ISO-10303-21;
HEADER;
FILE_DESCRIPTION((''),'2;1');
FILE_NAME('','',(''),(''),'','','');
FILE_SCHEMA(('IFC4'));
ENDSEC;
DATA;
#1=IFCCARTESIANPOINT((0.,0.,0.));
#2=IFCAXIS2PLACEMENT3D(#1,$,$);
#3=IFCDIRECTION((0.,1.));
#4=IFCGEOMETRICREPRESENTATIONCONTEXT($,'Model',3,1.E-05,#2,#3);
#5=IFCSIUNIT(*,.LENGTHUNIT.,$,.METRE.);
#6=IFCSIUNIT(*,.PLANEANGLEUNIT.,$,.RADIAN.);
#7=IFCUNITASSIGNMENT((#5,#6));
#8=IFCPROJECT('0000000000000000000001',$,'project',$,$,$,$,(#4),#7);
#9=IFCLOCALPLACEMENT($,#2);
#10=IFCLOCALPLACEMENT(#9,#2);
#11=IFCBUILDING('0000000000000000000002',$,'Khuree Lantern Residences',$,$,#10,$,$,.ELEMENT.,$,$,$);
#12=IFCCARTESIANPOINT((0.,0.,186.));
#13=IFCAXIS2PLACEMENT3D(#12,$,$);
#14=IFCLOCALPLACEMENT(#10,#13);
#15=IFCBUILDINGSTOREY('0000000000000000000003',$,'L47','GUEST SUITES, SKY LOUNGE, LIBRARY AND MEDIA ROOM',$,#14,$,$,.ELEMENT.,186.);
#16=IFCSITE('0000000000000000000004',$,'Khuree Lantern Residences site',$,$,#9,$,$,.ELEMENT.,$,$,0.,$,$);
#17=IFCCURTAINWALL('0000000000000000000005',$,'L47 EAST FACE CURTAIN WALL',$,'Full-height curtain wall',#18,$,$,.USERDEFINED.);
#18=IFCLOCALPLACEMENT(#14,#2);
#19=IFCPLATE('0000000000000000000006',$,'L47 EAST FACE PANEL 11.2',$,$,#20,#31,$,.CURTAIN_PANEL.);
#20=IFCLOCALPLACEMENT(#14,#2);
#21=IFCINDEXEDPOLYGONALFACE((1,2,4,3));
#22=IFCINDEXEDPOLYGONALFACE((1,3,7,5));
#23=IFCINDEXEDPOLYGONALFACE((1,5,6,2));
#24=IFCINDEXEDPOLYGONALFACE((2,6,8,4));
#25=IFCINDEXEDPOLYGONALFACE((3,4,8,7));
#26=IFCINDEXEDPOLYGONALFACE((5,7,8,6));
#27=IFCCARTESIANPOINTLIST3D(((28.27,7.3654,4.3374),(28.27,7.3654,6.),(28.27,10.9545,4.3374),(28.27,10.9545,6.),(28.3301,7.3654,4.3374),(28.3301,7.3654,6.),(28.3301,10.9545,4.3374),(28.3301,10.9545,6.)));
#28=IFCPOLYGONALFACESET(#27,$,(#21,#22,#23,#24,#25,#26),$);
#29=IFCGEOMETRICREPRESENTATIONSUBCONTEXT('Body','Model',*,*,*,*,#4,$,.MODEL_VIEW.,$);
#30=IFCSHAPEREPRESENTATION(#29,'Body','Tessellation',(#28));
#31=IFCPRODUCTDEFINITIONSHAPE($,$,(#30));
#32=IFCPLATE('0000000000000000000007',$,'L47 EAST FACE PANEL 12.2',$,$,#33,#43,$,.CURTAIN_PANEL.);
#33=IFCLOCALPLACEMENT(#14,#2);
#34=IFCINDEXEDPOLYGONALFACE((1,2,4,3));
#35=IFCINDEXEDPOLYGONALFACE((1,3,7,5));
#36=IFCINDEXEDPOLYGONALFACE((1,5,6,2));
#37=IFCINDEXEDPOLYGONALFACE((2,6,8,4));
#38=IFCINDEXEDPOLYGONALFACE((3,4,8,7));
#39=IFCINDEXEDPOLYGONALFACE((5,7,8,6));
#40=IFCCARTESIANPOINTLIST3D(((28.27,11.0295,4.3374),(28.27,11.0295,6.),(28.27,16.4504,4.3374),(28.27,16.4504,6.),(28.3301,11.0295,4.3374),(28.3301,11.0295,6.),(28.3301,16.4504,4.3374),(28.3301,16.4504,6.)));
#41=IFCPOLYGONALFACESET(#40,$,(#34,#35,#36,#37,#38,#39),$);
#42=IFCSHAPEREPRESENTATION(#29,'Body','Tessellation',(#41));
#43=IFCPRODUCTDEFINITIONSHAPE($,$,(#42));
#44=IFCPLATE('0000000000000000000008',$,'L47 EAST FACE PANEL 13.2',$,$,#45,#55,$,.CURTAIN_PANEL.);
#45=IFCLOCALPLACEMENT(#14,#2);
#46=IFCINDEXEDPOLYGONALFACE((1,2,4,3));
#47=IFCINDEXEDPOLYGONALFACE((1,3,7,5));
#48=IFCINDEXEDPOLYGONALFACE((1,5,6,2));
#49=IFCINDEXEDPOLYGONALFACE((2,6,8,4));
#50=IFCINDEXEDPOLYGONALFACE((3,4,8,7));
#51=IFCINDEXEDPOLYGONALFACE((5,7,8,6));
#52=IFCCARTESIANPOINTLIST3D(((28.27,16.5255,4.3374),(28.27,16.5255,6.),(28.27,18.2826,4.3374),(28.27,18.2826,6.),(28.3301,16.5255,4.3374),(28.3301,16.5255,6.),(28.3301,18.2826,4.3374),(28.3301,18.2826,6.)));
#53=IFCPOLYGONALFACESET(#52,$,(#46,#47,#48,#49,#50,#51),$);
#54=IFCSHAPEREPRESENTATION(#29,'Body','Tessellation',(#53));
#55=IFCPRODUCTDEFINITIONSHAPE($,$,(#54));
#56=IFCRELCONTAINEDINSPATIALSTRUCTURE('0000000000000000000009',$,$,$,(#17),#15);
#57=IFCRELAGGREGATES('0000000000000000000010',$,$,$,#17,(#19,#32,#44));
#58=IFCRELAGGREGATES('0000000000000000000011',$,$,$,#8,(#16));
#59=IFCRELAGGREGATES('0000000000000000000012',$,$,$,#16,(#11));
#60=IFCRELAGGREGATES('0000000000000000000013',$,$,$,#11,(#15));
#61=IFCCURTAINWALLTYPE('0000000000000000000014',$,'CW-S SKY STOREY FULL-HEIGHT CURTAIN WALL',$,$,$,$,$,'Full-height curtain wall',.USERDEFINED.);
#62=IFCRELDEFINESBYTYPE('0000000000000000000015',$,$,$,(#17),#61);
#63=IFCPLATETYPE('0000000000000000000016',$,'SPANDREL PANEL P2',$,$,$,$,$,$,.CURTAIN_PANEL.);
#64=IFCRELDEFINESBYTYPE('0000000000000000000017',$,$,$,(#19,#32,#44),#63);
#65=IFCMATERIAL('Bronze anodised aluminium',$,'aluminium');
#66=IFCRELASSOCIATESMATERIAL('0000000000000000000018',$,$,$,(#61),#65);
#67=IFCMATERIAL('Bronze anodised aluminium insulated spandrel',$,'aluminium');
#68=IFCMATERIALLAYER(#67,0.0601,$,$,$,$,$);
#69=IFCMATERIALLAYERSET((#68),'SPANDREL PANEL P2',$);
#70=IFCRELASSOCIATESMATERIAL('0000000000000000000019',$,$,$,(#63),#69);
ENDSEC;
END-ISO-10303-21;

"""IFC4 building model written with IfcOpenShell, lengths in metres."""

from ifc_helpers import new_model, si_unit, direction, frame, origin, origin_2d, place, context, subcontext, project, spatial, rectangle, extrude, material, layer, layer_set, type_object, element, aggregate, save


model = new_model("IFC4")

# Units and contexts
model_context = context("Model", 3, precision=1e-05, world=origin(), true_north=direction((0.0, 1.0)))
body_context = subcontext(model_context, "Body", "Model", "MODEL_VIEW")
ifc_project = project(units=[si_unit("LENGTHUNIT", "METRE"), si_unit("PLANEANGLEUNIT", "RADIAN")], contexts=[model_context])

# Site, building, storey
site_placement = place(None, origin())
site = spatial("IfcSite", under=ifc_project, at=site_placement, Name="Khuree Lantern Residences site", CompositionType="ELEMENT", RefElevation=0.0)
building_placement = place(site_placement, origin())
building = spatial("IfcBuilding", under=site, at=building_placement, Name="Khuree Lantern Residences", CompositionType="ELEMENT")
storey_placement = place(building_placement, frame((0.0, 0.0, 186.0)))
storey = spatial("IfcBuildingStorey", under=building, at=storey_placement, Name="L47", Description="GUEST SUITES, SKY LOUNGE, LIBRARY AND MEDIA ROOM", CompositionType="ELEMENT", Elevation=186.0)

# Curtain wall
ifc_material_1 = material(Name="Bronze anodised aluminium", Category="aluminium")
curtain_wall_type = type_object("IfcCurtainWallType", Name="CW-S SKY STOREY FULL-HEIGHT CURTAIN WALL", ElementType="Full-height curtain wall", PredefinedType="USERDEFINED", material=ifc_material_1)
curtain_wall_placement = place(storey_placement, origin())
curtain_wall = element("IfcCurtainWall", 1, at=curtain_wall_placement, inside=storey, type_object=curtain_wall_type, Name="L47 EAST FACE CURTAIN WALL", ObjectType="Full-height curtain wall", PredefinedType="USERDEFINED")

# Plates
ifc_material_2 = material(Name="Bronze anodised aluminium insulated spandrel", Category="aluminium")
ifc_layer_1 = layer(ifc_material_2, 0.0601)
ifc_layer_set_1 = layer_set([ifc_layer_1], Name="SPANDREL PANEL P2")
plate_type_1 = type_object("IfcPlateType", Name="SPANDREL PANEL P2", PredefinedType="CURTAIN_PANEL", material=ifc_layer_set_1)
plate_1_placement = place(storey_placement, frame((28.3, 9.1599, 4.3374), z_axis=(0.0, 0.0, 1.0), x_axis=(0.0, 1.0, 0.0)))
plate_1 = element("IfcPlate", 2, at=plate_1_placement, type_object=plate_type_1, Name="L47 EAST FACE PANEL 11.2", PredefinedType="CURTAIN_PANEL", context=body_context, shape_type="SweptSolid", body=[
    extrude(rectangle(XDim=3.5891, YDim=0.0601, at=origin_2d()), origin(), (0.0, 0.0, 1.0), 1.6626),
])
plate_2_placement = place(storey_placement, frame((28.3, 13.74, 4.3374), z_axis=(0.0, 0.0, 1.0), x_axis=(0.0, 1.0, 0.0)))
plate_2 = element("IfcPlate", 3, at=plate_2_placement, type_object=plate_type_1, Name="L47 EAST FACE PANEL 12.2", PredefinedType="CURTAIN_PANEL", context=body_context, shape_type="SweptSolid", body=[
    extrude(rectangle(XDim=5.4209, YDim=0.0601, at=origin_2d()), origin(), (0.0, 0.0, 1.0), 1.6626),
])
plate_3_placement = place(storey_placement, frame((28.3, 17.4041, 4.3374), z_axis=(0.0, 0.0, 1.0), x_axis=(0.0, 1.0, 0.0)))
plate_3 = element("IfcPlate", 4, at=plate_3_placement, type_object=plate_type_1, Name="L47 EAST FACE PANEL 13.2", PredefinedType="CURTAIN_PANEL", context=body_context, shape_type="SweptSolid", body=[
    extrude(rectangle(XDim=1.7571, YDim=0.0601, at=origin_2d()), origin(), (0.0, 0.0, 1.0), 1.6626),
])
aggregate(curtain_wall, [plate_1, plate_2, plate_3])

save(model, "model.ifc")
